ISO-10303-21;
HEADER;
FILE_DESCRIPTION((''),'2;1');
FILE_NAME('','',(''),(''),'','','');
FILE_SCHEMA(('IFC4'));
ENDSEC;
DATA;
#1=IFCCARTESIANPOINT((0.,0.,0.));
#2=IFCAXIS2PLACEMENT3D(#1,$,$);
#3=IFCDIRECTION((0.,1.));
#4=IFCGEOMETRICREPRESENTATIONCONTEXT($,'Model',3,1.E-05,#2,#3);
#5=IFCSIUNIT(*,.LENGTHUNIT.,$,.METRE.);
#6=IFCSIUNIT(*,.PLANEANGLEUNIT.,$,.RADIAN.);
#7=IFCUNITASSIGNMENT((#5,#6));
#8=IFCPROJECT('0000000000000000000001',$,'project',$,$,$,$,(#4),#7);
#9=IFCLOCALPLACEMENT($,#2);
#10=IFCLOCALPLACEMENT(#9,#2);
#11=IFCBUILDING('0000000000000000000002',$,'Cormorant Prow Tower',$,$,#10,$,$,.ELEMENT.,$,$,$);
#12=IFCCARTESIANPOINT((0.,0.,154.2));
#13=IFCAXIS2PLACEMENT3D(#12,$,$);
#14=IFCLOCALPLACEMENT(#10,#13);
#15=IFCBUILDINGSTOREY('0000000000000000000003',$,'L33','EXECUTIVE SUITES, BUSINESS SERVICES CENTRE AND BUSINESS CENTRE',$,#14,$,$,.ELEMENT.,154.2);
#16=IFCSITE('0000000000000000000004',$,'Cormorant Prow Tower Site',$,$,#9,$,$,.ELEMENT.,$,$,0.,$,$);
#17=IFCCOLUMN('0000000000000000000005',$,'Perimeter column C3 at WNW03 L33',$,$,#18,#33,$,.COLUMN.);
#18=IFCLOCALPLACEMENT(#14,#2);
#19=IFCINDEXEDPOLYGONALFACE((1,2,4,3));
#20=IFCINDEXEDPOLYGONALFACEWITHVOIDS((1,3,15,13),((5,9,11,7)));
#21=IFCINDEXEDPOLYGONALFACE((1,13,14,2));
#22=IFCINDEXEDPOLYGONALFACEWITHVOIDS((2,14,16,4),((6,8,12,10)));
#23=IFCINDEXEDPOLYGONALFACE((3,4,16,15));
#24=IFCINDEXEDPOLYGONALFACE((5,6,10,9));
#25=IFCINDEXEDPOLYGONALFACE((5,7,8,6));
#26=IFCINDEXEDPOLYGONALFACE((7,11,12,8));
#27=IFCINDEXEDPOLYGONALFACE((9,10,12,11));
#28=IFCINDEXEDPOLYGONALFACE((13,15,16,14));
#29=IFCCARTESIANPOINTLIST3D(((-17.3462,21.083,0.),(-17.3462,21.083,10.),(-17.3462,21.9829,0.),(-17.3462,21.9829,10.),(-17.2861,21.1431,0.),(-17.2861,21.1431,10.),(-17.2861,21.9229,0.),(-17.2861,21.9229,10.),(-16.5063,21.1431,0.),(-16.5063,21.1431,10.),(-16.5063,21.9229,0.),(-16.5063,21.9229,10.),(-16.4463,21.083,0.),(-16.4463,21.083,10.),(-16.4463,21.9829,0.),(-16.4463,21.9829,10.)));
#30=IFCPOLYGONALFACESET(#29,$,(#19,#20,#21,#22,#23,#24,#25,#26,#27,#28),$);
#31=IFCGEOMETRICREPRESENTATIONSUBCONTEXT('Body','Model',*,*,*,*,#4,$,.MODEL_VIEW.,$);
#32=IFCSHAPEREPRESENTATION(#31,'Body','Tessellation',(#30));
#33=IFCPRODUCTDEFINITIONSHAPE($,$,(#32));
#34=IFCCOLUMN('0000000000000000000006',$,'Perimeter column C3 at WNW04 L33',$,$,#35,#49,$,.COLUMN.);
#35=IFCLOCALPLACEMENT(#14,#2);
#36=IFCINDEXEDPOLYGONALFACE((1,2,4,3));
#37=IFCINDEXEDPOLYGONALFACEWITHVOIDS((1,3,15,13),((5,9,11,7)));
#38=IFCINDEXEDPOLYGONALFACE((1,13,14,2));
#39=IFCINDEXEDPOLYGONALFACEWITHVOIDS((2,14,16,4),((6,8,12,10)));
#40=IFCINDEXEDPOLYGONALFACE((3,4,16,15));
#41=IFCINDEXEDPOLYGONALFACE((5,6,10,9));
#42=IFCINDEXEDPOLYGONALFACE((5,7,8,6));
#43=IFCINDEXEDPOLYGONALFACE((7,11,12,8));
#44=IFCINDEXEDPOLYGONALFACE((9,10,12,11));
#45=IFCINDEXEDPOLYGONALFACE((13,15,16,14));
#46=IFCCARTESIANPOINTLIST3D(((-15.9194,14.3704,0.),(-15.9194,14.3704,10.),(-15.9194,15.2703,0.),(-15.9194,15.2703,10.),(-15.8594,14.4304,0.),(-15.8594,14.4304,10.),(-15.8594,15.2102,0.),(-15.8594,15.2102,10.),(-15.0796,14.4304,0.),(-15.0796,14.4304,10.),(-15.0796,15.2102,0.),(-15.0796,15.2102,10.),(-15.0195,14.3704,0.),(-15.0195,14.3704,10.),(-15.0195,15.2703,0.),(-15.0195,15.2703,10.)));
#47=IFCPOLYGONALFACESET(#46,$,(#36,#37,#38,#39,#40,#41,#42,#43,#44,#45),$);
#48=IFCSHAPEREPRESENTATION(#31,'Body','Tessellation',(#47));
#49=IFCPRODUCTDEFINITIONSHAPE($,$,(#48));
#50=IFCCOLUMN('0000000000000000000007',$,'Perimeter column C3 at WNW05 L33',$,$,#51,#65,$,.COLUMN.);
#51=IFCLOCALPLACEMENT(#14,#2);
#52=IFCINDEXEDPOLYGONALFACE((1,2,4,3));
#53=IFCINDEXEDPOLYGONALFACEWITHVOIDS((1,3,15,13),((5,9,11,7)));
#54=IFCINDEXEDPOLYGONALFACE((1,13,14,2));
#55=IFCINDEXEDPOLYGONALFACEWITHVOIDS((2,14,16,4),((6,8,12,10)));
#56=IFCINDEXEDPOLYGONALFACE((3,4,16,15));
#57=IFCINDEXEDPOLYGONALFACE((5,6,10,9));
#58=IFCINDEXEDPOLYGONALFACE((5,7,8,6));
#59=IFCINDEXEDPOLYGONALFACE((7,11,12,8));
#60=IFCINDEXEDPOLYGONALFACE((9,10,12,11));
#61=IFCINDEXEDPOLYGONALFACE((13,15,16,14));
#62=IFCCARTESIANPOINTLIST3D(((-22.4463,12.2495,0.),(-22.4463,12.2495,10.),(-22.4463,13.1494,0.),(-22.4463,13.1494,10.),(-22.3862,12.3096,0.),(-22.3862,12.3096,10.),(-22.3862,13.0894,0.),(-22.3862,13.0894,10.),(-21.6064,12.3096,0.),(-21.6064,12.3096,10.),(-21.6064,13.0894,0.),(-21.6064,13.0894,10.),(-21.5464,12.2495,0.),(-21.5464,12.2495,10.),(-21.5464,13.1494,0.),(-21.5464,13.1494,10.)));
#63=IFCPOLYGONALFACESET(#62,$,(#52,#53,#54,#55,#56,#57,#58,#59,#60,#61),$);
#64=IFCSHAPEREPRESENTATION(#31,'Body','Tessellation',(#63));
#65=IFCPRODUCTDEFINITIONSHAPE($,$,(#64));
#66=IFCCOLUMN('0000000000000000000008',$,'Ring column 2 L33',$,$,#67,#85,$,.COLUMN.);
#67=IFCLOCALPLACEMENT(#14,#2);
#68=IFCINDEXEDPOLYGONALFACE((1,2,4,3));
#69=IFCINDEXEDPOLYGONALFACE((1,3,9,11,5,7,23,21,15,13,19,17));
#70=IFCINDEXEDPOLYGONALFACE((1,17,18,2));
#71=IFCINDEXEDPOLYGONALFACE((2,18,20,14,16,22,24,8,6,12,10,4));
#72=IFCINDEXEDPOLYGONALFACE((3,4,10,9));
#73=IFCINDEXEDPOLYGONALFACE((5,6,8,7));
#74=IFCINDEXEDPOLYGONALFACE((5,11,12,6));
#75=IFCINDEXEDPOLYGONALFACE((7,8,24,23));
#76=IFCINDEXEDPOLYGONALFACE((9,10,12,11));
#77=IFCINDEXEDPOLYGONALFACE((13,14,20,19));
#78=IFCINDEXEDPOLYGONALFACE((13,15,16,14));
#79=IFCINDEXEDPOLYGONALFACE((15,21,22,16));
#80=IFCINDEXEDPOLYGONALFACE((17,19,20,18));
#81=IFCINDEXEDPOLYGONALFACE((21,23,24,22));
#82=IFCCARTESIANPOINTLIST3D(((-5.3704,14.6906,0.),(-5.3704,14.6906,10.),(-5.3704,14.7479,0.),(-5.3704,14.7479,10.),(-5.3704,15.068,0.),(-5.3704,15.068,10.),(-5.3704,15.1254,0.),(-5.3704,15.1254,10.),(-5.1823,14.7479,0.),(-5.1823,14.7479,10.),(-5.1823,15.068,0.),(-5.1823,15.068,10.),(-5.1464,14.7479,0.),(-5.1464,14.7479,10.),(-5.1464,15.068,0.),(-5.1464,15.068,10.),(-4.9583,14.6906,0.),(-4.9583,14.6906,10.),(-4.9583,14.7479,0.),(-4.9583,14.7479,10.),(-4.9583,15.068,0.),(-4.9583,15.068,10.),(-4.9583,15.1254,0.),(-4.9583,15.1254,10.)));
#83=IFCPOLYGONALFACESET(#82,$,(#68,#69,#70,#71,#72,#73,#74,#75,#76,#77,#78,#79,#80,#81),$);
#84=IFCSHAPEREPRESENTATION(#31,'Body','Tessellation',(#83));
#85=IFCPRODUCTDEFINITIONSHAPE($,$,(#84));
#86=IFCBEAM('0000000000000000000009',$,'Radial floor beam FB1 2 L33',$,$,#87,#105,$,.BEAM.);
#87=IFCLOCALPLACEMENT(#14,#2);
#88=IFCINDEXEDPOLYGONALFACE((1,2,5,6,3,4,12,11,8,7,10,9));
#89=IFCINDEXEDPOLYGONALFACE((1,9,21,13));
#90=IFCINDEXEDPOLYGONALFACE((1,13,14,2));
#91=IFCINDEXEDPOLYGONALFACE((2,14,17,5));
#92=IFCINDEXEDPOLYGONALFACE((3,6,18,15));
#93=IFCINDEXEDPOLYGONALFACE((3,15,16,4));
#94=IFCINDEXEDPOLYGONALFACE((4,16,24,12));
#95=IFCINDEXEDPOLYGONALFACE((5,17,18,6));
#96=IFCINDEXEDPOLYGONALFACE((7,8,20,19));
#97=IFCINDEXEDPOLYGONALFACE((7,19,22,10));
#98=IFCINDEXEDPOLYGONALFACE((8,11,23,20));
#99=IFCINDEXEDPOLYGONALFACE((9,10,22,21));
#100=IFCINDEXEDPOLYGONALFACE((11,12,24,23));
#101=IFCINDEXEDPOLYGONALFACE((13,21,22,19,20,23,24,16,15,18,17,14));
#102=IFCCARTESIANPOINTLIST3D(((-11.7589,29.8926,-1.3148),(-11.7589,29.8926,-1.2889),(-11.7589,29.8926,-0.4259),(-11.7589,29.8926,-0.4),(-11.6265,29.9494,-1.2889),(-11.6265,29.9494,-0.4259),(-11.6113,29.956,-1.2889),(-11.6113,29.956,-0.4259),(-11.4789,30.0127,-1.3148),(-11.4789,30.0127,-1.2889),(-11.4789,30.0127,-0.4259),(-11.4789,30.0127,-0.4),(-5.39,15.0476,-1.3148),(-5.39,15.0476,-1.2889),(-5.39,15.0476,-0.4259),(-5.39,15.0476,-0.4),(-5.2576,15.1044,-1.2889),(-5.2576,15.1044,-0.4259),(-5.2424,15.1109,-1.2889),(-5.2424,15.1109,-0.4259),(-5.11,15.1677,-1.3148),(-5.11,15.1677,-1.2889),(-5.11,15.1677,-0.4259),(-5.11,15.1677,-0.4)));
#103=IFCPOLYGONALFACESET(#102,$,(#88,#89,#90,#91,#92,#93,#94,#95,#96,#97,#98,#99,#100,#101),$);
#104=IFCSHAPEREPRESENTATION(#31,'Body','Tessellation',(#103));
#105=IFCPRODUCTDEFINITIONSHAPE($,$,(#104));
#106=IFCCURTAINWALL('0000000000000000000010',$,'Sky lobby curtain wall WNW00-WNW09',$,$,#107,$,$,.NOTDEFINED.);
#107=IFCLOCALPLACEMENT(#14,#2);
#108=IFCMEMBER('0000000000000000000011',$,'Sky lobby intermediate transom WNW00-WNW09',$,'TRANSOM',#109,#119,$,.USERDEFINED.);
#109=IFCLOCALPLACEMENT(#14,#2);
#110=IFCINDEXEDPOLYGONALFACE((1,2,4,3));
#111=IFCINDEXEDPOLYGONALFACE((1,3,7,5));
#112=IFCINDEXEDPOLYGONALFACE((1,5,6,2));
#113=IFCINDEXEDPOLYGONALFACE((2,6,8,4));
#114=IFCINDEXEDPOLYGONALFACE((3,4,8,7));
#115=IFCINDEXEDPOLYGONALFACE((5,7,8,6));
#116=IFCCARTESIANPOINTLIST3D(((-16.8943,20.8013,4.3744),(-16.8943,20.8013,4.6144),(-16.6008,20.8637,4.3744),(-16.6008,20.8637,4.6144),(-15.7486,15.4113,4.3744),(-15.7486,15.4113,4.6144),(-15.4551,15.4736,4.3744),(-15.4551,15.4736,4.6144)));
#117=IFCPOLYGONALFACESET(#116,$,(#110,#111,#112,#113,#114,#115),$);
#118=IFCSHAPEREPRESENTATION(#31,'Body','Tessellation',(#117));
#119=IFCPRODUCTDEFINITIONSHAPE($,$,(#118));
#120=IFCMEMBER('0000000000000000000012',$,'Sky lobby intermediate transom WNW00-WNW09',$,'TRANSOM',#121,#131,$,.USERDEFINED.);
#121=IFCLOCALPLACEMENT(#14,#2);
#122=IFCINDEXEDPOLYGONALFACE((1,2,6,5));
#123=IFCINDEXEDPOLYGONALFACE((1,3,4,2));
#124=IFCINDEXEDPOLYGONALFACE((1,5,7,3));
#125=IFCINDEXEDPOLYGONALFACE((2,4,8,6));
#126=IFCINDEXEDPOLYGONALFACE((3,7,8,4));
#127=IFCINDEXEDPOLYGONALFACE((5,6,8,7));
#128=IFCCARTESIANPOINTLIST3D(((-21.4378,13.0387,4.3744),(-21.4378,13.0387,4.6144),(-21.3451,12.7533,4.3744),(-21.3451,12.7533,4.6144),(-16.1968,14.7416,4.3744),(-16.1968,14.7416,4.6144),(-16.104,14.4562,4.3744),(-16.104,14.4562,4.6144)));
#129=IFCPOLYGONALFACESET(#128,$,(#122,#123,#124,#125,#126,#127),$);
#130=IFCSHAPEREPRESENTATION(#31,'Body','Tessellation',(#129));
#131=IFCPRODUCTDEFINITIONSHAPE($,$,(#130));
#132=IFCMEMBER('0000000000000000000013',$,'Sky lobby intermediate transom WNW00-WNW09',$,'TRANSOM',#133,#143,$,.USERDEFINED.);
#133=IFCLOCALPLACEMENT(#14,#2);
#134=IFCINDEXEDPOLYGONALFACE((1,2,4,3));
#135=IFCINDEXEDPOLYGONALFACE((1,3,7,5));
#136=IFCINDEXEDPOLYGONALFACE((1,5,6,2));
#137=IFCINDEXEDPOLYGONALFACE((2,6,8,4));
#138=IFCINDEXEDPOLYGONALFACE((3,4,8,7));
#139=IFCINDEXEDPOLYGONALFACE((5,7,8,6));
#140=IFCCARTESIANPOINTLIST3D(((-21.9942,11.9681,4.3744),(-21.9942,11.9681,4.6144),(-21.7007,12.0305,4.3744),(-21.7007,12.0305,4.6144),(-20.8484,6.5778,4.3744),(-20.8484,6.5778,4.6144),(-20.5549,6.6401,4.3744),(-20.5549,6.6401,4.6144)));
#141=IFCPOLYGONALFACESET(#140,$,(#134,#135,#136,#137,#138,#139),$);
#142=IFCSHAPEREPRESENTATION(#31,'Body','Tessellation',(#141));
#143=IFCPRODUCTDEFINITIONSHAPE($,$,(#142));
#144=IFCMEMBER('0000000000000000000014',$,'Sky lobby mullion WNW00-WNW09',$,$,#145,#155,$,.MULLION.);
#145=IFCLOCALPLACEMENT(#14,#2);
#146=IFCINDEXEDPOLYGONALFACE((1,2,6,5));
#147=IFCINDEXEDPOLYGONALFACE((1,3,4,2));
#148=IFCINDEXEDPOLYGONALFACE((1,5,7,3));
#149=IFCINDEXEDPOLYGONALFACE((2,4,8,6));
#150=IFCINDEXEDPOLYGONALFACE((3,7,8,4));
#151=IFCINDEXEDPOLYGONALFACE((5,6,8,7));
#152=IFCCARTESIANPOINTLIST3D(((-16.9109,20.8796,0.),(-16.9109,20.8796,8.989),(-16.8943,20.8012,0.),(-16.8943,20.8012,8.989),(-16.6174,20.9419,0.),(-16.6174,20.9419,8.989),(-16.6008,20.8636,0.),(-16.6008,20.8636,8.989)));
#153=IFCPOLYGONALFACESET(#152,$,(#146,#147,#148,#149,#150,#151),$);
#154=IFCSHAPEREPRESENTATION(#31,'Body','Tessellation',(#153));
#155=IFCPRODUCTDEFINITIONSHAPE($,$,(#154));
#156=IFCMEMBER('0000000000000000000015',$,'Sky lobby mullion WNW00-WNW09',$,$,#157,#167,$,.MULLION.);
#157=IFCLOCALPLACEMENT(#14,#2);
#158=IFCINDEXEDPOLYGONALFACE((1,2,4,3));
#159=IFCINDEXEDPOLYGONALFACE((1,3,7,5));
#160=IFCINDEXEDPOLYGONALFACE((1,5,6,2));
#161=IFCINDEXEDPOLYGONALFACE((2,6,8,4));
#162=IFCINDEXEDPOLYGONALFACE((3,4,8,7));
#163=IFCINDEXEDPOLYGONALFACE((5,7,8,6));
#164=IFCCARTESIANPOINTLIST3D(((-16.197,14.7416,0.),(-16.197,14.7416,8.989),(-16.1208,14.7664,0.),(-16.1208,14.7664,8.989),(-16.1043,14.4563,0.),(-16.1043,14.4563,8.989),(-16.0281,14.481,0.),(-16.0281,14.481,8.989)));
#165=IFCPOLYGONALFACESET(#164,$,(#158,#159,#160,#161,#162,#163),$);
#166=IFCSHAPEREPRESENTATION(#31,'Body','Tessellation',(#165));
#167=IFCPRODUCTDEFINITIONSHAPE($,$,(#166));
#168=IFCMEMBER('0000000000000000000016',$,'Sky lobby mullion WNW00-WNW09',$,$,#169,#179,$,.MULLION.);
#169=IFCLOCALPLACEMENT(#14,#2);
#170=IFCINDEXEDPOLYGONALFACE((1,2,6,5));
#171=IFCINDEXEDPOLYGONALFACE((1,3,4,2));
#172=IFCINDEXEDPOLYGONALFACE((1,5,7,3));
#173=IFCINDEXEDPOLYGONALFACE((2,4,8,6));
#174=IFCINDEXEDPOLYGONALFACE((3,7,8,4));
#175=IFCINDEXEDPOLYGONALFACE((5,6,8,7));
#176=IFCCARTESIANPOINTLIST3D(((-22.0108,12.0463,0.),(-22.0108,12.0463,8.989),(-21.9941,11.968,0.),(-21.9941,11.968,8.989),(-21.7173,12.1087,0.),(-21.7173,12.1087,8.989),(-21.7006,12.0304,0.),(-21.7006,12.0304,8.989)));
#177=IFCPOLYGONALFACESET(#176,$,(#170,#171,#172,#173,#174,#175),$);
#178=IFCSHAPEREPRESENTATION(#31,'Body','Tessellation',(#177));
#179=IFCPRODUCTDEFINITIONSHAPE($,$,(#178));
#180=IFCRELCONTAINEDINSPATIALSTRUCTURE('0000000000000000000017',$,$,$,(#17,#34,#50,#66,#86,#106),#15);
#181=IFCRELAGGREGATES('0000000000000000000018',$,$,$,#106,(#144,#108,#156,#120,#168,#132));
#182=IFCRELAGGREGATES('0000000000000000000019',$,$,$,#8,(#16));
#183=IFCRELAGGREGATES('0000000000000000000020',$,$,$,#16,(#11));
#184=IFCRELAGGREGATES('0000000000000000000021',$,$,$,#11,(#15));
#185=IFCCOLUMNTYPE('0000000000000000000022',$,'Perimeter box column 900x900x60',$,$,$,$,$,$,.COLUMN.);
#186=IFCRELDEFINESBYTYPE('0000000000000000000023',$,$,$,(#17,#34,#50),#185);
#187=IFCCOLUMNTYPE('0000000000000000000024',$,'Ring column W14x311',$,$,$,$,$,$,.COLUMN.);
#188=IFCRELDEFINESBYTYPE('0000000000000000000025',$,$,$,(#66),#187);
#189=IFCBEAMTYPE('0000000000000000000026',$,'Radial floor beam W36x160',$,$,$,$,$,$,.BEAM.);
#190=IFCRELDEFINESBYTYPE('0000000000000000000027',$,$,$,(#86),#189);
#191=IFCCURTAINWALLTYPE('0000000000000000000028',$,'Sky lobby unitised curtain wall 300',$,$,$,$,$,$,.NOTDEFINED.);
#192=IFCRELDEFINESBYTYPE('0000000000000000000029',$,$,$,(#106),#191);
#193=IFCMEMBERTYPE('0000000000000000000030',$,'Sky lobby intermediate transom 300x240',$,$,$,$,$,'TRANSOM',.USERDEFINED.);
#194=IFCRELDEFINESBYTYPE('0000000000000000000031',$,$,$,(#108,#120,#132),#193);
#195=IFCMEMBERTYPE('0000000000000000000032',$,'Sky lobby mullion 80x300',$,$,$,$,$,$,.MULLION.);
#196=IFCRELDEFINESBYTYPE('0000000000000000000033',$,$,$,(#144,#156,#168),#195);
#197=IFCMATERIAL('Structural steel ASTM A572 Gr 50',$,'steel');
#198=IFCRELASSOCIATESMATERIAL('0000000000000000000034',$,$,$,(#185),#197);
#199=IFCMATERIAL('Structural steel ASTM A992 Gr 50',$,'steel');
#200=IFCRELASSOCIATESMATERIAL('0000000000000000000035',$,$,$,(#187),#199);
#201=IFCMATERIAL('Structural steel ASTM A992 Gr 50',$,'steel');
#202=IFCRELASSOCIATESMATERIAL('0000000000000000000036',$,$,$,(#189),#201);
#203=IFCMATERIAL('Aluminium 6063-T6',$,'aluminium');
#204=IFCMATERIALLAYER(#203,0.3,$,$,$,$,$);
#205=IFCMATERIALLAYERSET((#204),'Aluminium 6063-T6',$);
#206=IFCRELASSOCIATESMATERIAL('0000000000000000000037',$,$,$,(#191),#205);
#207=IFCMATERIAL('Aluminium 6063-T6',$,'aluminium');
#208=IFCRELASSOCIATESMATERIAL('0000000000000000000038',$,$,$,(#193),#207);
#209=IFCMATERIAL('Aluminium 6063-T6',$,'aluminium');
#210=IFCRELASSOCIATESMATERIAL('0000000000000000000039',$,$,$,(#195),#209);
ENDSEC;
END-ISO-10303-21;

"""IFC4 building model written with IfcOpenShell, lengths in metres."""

from ifc_helpers import new_model, si_unit, direction, frame, origin, origin_2d, place, context, subcontext, project, spatial, rectangle, hollow_rectangle, i_section, extrude, material, layer, layer_set, material_profile, profile_set, type_object, element, aggregate, save


model = new_model("IFC4")

# Units and contexts
model_context = context("Model", 3, precision=1e-05, world=origin(), true_north=direction((0.0, 1.0)))
body_context = subcontext(model_context, "Body", "Model", "MODEL_VIEW")
ifc_project = project(units=[si_unit("LENGTHUNIT", "METRE"), si_unit("PLANEANGLEUNIT", "RADIAN")], contexts=[model_context])

# Site, building, storey
site_placement = place(None, origin())
site = spatial("IfcSite", under=ifc_project, at=site_placement, Name="Cormorant Prow Tower Site", CompositionType="ELEMENT", RefElevation=0.0)
building_placement = place(site_placement, origin())
building = spatial("IfcBuilding", under=site, at=building_placement, Name="Cormorant Prow Tower", CompositionType="ELEMENT")
storey_placement = place(building_placement, frame((0.0, 0.0, 154.2)))
storey = spatial("IfcBuildingStorey", under=building, at=storey_placement, Name="L33", Description="EXECUTIVE SUITES, BUSINESS SERVICES CENTRE AND BUSINESS CENTRE", CompositionType="ELEMENT", Elevation=154.2)

# Columns
ifc_material_1 = material(Name="Structural steel ASTM A572 Gr 50", Category="steel")
ifc_material_profile_1 = material_profile(ifc_material_1, hollow_rectangle(XDim=0.8999, YDim=0.8999, WallThickness=0.0601, at=origin_2d()), Name="Box 900x900x60")
ifc_profile_set_1 = profile_set([ifc_material_profile_1], Name="Structural steel ASTM A572 Gr 50")
column_type_1 = type_object("IfcColumnType", Name="Perimeter box column 900x900x60", PredefinedType="COLUMN", material=ifc_profile_set_1)
for number, where, z_axis, x_axis, name in (
    (1, (-16.8962, 21.533, 0.0), (0.0, 0.0, 1.0), (1.0, 0.0, 0.0), "Perimeter column C3 at WNW03 L33"),
    (2, (-15.4695, 14.8203, 0.0), (0.0, 0.0, 1.0), (1.0, 0.0, 0.0), "Perimeter column C3 at WNW04 L33"),
    (3, (-21.9963, 12.6995, 0.0), (0.0, 0.0, 1.0), (1.0, 0.0, 0.0), "Perimeter column C3 at WNW05 L33"),
):
    element("IfcColumn", number, at=place(storey_placement, frame(where, z_axis=z_axis, x_axis=x_axis)), inside=storey, type_object=column_type_1, Name=name, PredefinedType="COLUMN", context=body_context, shape_type="SweptSolid", body=[
        extrude(hollow_rectangle(XDim=0.8999, YDim=0.8999, WallThickness=0.0601, at=origin_2d()), origin(), (0.0, 0.0, 1.0), 10.0),
    ])
ifc_material_2 = material(Name="Structural steel ASTM A992 Gr 50", Category="steel")
ifc_material_profile_2 = material_profile(ifc_material_2, i_section(OverallWidth=0.4121, OverallDepth=0.4348, WebThickness=0.0359, FlangeThickness=0.0574, at=origin_2d()), Name="W14x311")
ifc_profile_set_2 = profile_set([ifc_material_profile_2], Name="Structural steel ASTM A992 Gr 50")
column_type_2 = type_object("IfcColumnType", Name="Ring column W14x311", PredefinedType="COLUMN", material=ifc_profile_set_2)
column_placement = place(storey_placement, frame((-5.1643, 14.908, 0.0), z_axis=(0.0, 0.0, 1.0), x_axis=(1.0, 0.0, 0.0)))
element("IfcColumn", 4, at=column_placement, inside=storey, type_object=column_type_2, Name="Ring column 2 L33", PredefinedType="COLUMN", context=body_context, shape_type="SweptSolid", body=[
    extrude(i_section(OverallWidth=0.4121, OverallDepth=0.4348, WebThickness=0.0359, FlangeThickness=0.0574, at=origin_2d()), origin(), (0.0, 0.0, 1.0), 10.0),
])

# Beam
ifc_material_3 = material(Name="Structural steel ASTM A992 Gr 50", Category="steel")
ifc_material_profile_3 = material_profile(ifc_material_3, i_section(OverallWidth=0.3047, OverallDepth=0.9148, WebThickness=0.0166, FlangeThickness=0.0259, at=origin_2d()), Name="W36x160")
ifc_profile_set_3 = profile_set([ifc_material_profile_3], Name="Structural steel ASTM A992 Gr 50")
beam_type_1 = type_object("IfcBeamType", Name="Radial floor beam W36x160", PredefinedType="BEAM", material=ifc_profile_set_3)
beam_1_placement = place(storey_placement, frame((-5.25, 15.1077, -0.8574), z_axis=(-0.394273, 0.918993, 0.0), x_axis=(-0.918993, -0.394273, 0.0)))
element("IfcBeam", 5, at=beam_1_placement, inside=storey, type_object=beam_type_1, Name="Radial floor beam FB1 2 L33", PredefinedType="BEAM", context=body_context, shape_type="SweptSolid", body=[
    extrude(i_section(OverallWidth=0.3047, OverallDepth=0.9148, WebThickness=0.0166, FlangeThickness=0.0259, at=origin_2d()), origin(), (0.0, 0.0, 1.0), 16.1536),
])

# Curtain wall, members
ifc_material_4 = material(Name="Aluminium 6063-T6", Category="aluminium")
ifc_layer_1 = layer(ifc_material_4, 0.3)
ifc_layer_set_1 = layer_set([ifc_layer_1], Name="Aluminium 6063-T6")
curtain_wall_type = type_object("IfcCurtainWallType", Name="Sky lobby unitised curtain wall 300", PredefinedType="NOTDEFINED", material=ifc_layer_set_1)
curtain_wall_placement = place(storey_placement, origin())
curtain_wall = element("IfcCurtainWall", 6, at=curtain_wall_placement, inside=storey, type_object=curtain_wall_type, Name="Sky lobby curtain wall WNW00-WNW09", PredefinedType="NOTDEFINED")
ifc_material_5 = material(Name="Aluminium 6063-T6", Category="aluminium")
ifc_material_profile_4 = material_profile(ifc_material_5, rectangle(XDim=0.3, YDim=0.24, at=origin_2d()), Name="Sky lobby intermediate transom 300x240")
ifc_profile_set_4 = profile_set([ifc_material_profile_4], Name="Aluminium 6063-T6")
member_type_1 = type_object("IfcMemberType", Name="Sky lobby intermediate transom 300x240", ElementType="TRANSOM", PredefinedType="USERDEFINED", material=ifc_profile_set_4)
member_1_placement = place(storey_placement, frame((-16.7476, 20.8325, 4.4944), z_axis=(0.207919, -0.978146, 0.0), x_axis=(0.978146, 0.207919, 0.0)))
member_1 = element("IfcMember", 7, at=member_1_placement, type_object=member_type_1, Name="Sky lobby intermediate transom WNW00-WNW09", ObjectType="TRANSOM", PredefinedType="USERDEFINED", context=body_context, shape_type="SweptSolid", body=[
    extrude(rectangle(XDim=0.3, YDim=0.24, at=origin_2d()), origin(), (0.0, 0.0, 1.0), 5.5105),
])
member_2_placement = place(storey_placement, frame((-16.1504, 14.5989, 4.4944), z_axis=(-0.951057, -0.309015, 0.0), x_axis=(0.309015, -0.951057, 0.0)))
member_2 = element("IfcMember", 8, at=member_2_placement, type_object=member_type_1, Name="Sky lobby intermediate transom WNW00-WNW09", ObjectType="TRANSOM", PredefinedType="USERDEFINED", context=body_context, shape_type="SweptSolid", body=[
    extrude(rectangle(XDim=0.3, YDim=0.24, at=origin_2d()), origin(), (0.0, 0.0, 1.0), 5.5107),
])
member_3_placement = place(storey_placement, frame((-21.8474, 11.9993, 4.4944), z_axis=(0.20791, -0.978148, 0.0), x_axis=(0.978148, 0.20791, 0.0)))
member_3 = element("IfcMember", 9, at=member_3_placement, type_object=member_type_1, Name="Sky lobby intermediate transom WNW00-WNW09", ObjectType="TRANSOM", PredefinedType="USERDEFINED", context=body_context, shape_type="SweptSolid", body=[
    extrude(rectangle(XDim=0.3, YDim=0.24, at=origin_2d()), origin(), (0.0, 0.0, 1.0), 5.5107),
])
ifc_material_6 = material(Name="Aluminium 6063-T6", Category="aluminium")
ifc_material_profile_5 = material_profile(ifc_material_6, rectangle(XDim=0.3, YDim=0.0801, at=origin_2d()), Name="Sky lobby mullion 80x300")
ifc_profile_set_5 = profile_set([ifc_material_profile_5], Name="Aluminium 6063-T6")
member_type_2 = type_object("IfcMemberType", Name="Sky lobby mullion 80x300", PredefinedType="MULLION", material=ifc_profile_set_5)
member_4_placement = place(storey_placement, frame((-16.7559, 20.8716, 0.0), z_axis=(0.0, 0.0, 1.0), x_axis=(0.978148, 0.207912, 0.0)))
member_4 = element("IfcMember", 10, at=member_4_placement, type_object=member_type_2, Name="Sky lobby mullion WNW00-WNW09", PredefinedType="MULLION", context=body_context, shape_type="SweptSolid", body=[
    extrude(rectangle(XDim=0.3, YDim=0.0801, at=origin_2d()), origin(), (0.0, 0.0, 1.0), 8.989),
])
member_5_placement = place(storey_placement, frame((-16.1125, 14.6113, 0.0), z_axis=(0.0, 0.0, 1.0), x_axis=(0.309017, -0.951056, 0.0)))
member_5 = element("IfcMember", 11, at=member_5_placement, type_object=member_type_2, Name="Sky lobby mullion WNW00-WNW09", PredefinedType="MULLION", context=body_context, shape_type="SweptSolid", body=[
    extrude(rectangle(XDim=0.3, YDim=0.0801, at=origin_2d()), origin(), (0.0, 0.0, 1.0), 8.989),
])
member_6_placement = place(storey_placement, frame((-21.8557, 12.0383, 0.0), z_axis=(0.0, 0.0, 1.0), x_axis=(0.978148, 0.207912, 0.0)))
member_6 = element("IfcMember", 12, at=member_6_placement, type_object=member_type_2, Name="Sky lobby mullion WNW00-WNW09", PredefinedType="MULLION", context=body_context, shape_type="SweptSolid", body=[
    extrude(rectangle(XDim=0.3, YDim=0.0801, at=origin_2d()), origin(), (0.0, 0.0, 1.0), 8.989),
])

aggregate(curtain_wall, [member_4, member_1, member_5, member_2, member_6, member_3])

save(model, "model.ifc")
